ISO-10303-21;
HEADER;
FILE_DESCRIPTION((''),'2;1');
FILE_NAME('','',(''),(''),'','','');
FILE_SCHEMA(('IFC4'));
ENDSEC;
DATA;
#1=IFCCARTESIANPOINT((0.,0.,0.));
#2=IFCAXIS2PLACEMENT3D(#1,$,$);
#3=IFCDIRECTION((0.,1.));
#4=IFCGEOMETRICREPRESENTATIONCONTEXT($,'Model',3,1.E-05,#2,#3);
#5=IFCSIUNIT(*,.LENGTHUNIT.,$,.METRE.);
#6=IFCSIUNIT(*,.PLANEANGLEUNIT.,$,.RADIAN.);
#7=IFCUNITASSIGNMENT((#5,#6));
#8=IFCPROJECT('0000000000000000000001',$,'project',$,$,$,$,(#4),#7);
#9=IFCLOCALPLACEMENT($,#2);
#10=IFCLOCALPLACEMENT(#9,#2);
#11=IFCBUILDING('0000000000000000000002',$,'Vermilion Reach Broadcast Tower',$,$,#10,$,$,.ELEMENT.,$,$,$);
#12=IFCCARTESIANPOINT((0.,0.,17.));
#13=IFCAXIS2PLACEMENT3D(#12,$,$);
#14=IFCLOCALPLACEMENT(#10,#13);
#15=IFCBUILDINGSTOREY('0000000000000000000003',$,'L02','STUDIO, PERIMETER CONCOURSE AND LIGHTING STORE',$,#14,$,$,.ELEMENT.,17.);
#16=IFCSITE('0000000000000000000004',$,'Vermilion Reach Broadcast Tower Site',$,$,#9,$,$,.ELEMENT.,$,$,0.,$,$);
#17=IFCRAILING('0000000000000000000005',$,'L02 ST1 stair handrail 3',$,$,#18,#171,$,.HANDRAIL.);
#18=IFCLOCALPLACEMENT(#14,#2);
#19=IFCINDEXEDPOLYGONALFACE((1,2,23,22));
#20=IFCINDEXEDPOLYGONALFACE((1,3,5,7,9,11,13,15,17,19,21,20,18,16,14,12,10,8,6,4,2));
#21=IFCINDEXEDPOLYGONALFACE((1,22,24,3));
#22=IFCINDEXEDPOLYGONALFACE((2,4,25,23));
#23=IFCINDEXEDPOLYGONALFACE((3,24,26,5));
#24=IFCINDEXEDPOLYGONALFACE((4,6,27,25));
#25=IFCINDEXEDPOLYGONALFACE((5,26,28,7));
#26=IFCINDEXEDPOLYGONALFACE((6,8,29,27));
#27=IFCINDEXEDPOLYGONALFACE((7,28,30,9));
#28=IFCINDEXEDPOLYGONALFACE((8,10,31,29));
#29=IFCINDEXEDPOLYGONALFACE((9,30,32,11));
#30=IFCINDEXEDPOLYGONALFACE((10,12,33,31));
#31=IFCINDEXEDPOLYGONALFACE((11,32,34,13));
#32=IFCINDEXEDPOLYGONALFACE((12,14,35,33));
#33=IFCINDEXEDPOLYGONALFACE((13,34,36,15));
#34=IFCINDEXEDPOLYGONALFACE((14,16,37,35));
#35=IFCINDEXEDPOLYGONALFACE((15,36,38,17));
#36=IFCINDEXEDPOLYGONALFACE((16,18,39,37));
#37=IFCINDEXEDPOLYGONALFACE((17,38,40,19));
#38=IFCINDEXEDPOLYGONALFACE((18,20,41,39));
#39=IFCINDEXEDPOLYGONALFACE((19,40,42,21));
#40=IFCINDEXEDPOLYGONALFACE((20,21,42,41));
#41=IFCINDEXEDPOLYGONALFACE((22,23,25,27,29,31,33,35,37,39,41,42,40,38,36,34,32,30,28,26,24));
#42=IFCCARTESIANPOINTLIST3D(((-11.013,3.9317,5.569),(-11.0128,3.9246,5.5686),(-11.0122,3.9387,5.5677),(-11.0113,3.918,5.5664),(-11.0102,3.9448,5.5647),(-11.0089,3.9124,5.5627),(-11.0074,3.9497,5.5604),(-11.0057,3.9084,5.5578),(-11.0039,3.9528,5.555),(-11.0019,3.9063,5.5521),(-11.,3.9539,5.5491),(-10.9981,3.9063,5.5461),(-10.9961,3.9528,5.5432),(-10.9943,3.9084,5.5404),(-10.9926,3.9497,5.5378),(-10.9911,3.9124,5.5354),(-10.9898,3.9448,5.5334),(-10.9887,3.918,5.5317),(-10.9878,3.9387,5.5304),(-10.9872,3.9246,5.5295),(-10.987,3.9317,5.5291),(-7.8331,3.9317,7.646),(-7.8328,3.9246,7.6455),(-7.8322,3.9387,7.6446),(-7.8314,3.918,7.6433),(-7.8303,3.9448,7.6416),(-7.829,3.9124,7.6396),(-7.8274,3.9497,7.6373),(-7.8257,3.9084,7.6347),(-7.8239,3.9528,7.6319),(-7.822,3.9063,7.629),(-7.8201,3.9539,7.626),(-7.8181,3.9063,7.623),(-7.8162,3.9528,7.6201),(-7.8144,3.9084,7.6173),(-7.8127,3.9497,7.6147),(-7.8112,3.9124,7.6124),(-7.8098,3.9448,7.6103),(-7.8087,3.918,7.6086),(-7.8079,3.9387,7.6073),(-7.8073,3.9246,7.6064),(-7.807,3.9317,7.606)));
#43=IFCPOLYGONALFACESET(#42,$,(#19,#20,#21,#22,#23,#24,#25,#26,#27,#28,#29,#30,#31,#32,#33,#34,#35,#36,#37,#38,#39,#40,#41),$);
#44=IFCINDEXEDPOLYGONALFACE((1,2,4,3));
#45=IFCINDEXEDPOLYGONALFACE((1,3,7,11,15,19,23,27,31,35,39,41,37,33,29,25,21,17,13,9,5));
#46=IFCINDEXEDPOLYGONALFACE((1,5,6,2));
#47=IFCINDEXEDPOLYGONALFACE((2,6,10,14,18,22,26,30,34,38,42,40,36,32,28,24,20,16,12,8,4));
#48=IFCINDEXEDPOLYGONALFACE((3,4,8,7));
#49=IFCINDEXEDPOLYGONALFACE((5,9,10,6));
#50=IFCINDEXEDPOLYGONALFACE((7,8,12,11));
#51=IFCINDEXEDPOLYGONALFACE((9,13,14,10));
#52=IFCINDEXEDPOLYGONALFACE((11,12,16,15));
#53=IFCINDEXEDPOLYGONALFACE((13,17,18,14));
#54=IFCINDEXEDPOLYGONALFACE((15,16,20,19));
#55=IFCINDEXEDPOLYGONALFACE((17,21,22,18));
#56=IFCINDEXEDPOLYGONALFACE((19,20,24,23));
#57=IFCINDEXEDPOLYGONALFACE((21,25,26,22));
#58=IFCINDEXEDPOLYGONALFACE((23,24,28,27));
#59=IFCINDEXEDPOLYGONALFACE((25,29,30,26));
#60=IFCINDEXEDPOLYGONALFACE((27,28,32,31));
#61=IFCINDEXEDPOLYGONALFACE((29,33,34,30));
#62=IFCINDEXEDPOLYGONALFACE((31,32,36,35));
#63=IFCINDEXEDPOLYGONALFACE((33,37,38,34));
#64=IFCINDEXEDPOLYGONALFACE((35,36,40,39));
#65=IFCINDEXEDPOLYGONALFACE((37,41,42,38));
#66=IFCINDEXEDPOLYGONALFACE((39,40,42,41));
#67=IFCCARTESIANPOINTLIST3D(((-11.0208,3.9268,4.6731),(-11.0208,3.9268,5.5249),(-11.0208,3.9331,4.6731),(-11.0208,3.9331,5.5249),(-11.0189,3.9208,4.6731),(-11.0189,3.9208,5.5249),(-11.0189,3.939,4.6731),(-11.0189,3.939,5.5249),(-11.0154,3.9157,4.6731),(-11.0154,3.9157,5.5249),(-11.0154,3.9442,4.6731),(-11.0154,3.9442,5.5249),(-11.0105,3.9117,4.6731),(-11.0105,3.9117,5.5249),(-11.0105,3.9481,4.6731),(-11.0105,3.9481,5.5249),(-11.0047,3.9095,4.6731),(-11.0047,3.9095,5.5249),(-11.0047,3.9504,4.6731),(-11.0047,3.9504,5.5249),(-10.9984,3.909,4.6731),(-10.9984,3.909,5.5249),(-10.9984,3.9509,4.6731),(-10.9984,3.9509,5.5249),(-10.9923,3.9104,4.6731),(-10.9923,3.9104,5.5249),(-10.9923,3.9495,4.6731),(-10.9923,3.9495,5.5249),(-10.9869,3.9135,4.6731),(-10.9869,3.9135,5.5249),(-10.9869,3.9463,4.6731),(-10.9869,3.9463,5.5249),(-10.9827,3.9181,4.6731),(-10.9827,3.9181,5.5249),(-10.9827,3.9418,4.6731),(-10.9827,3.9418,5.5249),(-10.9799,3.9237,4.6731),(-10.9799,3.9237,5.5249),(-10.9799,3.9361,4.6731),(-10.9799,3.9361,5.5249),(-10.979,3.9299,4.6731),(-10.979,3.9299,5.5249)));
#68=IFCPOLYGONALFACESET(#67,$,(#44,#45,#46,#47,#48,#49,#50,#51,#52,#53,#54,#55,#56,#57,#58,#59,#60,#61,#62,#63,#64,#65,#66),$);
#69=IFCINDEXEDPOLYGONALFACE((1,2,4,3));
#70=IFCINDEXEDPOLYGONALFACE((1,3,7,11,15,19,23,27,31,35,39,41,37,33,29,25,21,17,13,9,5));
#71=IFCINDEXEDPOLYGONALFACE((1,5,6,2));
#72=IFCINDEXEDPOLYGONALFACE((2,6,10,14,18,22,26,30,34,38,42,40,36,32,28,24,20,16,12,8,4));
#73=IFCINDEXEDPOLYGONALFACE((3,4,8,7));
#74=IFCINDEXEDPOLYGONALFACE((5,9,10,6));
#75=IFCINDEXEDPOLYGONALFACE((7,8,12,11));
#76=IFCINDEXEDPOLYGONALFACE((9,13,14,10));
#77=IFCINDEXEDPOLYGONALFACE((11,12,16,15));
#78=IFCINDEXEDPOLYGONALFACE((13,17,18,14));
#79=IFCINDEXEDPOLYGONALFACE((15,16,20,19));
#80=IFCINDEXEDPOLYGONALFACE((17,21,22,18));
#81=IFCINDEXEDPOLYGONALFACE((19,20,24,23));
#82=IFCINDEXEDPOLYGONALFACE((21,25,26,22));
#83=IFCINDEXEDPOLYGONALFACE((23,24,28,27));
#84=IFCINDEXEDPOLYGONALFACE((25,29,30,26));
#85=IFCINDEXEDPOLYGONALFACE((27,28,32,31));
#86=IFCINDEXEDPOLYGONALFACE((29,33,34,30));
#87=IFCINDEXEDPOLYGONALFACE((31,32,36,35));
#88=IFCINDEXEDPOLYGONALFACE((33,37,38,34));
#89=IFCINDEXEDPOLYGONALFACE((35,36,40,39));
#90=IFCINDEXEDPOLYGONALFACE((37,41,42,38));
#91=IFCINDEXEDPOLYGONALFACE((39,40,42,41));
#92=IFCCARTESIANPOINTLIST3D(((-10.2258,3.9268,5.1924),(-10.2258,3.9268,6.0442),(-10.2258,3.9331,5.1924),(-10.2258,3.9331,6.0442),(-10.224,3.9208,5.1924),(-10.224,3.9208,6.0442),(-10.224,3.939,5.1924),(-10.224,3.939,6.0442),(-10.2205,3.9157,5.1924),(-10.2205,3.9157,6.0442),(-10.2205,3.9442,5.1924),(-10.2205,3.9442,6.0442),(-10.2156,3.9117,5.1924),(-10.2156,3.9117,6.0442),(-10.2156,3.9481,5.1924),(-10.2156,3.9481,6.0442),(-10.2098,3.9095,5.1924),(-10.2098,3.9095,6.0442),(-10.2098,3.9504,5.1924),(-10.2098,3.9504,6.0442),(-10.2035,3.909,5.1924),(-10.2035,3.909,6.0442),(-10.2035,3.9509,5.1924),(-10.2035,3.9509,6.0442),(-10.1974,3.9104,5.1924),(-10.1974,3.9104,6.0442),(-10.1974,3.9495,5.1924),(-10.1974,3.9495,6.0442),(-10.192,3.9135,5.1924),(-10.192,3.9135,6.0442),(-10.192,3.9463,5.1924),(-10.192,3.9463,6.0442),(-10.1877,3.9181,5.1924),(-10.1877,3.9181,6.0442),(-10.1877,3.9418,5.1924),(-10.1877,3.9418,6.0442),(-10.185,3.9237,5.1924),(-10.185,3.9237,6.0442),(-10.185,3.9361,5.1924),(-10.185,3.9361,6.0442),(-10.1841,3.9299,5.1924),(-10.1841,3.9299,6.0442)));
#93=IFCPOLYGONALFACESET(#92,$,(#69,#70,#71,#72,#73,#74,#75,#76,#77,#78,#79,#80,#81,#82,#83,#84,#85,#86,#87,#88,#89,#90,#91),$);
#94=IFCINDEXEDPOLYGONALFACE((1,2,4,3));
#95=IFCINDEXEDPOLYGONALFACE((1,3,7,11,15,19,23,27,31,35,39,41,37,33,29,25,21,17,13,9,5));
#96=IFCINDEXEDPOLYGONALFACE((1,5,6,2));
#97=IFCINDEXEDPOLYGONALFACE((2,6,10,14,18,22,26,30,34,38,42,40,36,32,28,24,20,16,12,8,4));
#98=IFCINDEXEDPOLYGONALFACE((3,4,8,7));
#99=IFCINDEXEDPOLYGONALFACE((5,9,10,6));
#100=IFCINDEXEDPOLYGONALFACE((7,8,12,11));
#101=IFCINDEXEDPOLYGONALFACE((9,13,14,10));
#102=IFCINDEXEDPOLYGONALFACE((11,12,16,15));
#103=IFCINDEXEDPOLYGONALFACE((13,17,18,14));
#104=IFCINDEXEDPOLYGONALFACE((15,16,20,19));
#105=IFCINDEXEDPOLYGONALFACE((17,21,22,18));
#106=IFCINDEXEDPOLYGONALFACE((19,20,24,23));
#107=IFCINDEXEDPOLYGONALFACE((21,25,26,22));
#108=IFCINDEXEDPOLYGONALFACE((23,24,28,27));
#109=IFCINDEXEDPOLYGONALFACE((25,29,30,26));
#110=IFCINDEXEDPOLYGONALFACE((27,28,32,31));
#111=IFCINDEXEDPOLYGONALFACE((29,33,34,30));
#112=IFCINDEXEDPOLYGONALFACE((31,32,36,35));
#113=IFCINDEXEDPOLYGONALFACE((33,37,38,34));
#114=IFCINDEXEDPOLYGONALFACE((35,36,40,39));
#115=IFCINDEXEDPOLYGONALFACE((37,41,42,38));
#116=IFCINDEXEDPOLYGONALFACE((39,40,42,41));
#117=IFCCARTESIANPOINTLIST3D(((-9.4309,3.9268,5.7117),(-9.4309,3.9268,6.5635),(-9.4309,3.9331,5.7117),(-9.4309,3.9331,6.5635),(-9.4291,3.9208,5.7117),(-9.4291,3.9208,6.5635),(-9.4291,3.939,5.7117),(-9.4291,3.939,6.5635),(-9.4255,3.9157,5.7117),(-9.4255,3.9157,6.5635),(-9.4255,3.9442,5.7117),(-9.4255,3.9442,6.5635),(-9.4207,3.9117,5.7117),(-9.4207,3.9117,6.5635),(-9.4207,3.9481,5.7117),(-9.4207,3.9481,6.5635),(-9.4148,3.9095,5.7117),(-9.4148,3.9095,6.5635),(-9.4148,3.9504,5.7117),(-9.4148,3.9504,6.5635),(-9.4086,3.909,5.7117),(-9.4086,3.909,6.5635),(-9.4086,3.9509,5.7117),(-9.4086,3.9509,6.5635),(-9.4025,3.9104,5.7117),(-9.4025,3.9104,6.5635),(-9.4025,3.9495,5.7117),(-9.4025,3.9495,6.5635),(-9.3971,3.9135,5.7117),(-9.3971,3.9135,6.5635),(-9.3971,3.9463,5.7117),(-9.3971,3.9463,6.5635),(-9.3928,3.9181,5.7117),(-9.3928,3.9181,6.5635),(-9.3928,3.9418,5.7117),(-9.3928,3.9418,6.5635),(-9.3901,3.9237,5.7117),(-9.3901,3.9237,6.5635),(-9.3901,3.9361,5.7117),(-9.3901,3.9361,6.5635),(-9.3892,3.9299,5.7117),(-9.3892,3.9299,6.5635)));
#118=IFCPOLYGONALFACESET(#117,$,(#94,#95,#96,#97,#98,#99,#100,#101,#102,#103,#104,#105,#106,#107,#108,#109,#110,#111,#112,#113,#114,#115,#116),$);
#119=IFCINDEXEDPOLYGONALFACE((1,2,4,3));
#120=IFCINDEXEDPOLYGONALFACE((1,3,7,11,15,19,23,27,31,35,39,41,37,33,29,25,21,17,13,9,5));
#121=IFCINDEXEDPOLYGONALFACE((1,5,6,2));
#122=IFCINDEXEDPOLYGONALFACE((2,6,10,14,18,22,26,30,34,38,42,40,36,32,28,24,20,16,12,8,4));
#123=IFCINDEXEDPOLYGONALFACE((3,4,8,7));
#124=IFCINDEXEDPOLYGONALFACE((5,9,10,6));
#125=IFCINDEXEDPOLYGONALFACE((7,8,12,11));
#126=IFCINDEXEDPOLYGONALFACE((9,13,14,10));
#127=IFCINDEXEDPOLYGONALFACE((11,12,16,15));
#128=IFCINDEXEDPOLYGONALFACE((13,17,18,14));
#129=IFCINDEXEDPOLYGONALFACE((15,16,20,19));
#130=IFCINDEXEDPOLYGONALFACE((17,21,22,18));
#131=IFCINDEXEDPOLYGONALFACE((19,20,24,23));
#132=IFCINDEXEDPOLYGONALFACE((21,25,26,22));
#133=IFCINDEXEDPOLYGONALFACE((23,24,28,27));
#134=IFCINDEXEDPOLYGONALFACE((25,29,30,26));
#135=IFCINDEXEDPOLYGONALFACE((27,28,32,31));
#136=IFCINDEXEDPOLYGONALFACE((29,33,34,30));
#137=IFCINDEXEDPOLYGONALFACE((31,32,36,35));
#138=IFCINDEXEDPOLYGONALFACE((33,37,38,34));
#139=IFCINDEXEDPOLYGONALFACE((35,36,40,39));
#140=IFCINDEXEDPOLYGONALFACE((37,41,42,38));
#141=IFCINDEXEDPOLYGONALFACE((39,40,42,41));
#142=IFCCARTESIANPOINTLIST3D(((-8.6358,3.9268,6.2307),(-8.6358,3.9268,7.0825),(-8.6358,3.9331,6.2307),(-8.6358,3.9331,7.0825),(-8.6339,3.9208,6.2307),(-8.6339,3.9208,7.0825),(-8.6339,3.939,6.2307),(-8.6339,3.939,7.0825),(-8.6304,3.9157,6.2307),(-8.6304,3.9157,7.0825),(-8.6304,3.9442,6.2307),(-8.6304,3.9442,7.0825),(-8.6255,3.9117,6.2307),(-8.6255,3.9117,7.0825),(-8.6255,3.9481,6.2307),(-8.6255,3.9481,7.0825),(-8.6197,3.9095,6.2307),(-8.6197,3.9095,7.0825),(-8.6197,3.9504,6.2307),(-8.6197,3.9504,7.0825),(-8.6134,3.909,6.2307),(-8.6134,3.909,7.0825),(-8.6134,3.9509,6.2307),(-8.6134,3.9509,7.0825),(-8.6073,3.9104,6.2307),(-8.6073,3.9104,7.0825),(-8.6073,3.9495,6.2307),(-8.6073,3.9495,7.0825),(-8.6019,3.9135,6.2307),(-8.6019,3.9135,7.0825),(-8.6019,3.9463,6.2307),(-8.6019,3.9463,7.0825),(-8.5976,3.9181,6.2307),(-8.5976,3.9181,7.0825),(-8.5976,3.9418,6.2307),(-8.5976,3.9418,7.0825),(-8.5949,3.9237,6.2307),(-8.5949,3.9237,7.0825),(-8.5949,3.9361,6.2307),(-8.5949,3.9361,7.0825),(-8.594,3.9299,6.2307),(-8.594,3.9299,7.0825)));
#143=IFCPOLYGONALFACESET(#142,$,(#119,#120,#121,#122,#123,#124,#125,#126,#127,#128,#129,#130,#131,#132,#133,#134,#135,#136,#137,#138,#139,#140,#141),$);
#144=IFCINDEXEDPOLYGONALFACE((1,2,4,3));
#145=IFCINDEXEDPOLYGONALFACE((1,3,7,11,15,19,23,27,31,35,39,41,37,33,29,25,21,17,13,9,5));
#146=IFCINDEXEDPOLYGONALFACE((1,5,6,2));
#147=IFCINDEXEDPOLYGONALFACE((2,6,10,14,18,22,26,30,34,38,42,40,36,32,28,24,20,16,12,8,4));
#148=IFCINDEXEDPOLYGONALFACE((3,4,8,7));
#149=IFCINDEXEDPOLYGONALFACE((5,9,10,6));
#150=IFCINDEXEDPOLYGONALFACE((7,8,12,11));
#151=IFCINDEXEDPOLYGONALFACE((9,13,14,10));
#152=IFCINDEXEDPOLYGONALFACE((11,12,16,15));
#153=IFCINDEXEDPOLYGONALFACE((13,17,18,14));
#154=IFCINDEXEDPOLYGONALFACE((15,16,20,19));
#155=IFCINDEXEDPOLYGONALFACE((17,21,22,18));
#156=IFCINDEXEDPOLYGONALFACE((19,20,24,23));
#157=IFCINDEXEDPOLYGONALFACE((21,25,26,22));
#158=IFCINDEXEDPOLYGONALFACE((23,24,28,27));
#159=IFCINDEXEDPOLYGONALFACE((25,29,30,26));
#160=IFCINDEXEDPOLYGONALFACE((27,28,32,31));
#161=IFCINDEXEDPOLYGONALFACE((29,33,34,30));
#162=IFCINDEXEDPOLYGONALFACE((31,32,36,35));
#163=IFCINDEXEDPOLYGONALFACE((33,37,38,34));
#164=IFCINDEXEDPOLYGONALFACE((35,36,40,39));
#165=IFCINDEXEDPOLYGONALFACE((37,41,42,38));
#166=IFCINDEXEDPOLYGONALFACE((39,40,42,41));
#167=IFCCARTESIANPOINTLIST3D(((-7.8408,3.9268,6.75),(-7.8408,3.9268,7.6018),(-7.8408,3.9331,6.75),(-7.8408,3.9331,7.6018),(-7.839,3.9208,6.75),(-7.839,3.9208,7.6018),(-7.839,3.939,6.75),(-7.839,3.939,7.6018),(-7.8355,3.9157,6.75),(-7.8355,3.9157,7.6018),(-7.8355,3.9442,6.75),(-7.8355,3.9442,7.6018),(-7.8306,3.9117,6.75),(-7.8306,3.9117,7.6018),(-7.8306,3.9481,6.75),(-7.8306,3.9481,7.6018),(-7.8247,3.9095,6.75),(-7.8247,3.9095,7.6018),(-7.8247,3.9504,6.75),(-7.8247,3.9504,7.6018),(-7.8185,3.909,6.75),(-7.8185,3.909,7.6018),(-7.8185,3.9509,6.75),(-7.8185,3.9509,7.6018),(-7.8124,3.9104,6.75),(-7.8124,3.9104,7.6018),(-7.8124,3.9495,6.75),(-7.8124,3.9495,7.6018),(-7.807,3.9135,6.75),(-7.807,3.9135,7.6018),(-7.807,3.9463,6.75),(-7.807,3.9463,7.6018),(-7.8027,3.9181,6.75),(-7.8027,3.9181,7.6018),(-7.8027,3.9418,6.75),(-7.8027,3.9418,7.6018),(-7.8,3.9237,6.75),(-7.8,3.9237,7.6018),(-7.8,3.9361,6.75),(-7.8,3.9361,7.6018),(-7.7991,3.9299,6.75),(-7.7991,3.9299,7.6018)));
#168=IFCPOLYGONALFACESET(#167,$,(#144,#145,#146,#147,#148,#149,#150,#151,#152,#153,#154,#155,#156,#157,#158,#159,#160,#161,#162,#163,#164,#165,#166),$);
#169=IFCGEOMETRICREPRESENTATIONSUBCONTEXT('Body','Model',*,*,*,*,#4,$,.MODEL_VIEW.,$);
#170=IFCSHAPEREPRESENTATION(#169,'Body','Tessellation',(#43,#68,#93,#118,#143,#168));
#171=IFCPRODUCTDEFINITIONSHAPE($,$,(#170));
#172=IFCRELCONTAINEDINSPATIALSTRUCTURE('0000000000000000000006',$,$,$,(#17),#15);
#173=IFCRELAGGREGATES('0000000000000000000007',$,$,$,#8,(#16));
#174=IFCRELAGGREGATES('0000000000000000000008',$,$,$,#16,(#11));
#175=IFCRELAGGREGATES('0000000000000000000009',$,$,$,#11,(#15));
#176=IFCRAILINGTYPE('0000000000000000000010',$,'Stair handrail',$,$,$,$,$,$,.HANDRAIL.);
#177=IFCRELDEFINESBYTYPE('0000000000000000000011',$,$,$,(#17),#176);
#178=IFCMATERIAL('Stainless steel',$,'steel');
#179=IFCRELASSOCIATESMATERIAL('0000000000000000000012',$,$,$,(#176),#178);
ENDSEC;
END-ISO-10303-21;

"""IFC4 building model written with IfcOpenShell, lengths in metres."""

from ifc_helpers import new_model, si_unit, direction, frame, origin, origin_2d, place, context, subcontext, project, spatial, circle, extrude, material, type_object, element, save


model = new_model("IFC4")

# Units and contexts
model_context = context("Model", 3, precision=1e-05, world=origin(), true_north=direction((0.0, 1.0)))
body_context = subcontext(model_context, "Body", "Model", "MODEL_VIEW")
ifc_project = project(units=[si_unit("LENGTHUNIT", "METRE"), si_unit("PLANEANGLEUNIT", "RADIAN")], contexts=[model_context])

# Site, building, storey
site_placement = place(None, origin())
site = spatial("IfcSite", under=ifc_project, at=site_placement, Name="Vermilion Reach Broadcast Tower Site", CompositionType="ELEMENT", RefElevation=0.0)
building_placement = place(site_placement, origin())
building = spatial("IfcBuilding", under=site, at=building_placement, Name="Vermilion Reach Broadcast Tower", CompositionType="ELEMENT")
storey_placement = place(building_placement, frame((0.0, 0.0, 17.0)))
storey = spatial("IfcBuildingStorey", under=building, at=storey_placement, Name="L02", Description="STUDIO, PERIMETER CONCOURSE AND LIGHTING STORE", CompositionType="ELEMENT", Elevation=17.0)

# Railing
ifc_material_1 = material(Name="Stainless steel", Category="steel")
railing_type_1 = type_object("IfcRailingType", Name="Stair handrail", PredefinedType="HANDRAIL", material=ifc_material_1)
for number, where, name in (
    (1, (-11.0, 3.9299, 4.6731), "L02 ST1 stair handrail 3"),
):
    element("IfcRailing", number, at=place(storey_placement, frame(where)), inside=storey, type_object=railing_type_1, Name=name, PredefinedType="HANDRAIL", context=body_context, shape_type="SweptSolid", body=[
        extrude(circle(Radius=0.0239, at=origin_2d()), frame((0.0, 0.0, 0.876), z_axis=(0.837245, 0.0, 0.546828), x_axis=(0.0, 1.0, 0.0)), (0.0, 0.0, 1.0), 3.7981),
        extrude(circle(Radius=0.021, at=origin_2d()), origin(), (0.0, 0.0, 1.0), 0.8518),
        extrude(circle(Radius=0.021, at=origin_2d()), frame((0.7949, 0.0, 0.5193)), (0.0, 0.0, 1.0), 0.8518),
        extrude(circle(Radius=0.021, at=origin_2d()), frame((1.5898, 0.0, 1.0386)), (0.0, 0.0, 1.0), 0.8518),
        extrude(circle(Radius=0.021, at=origin_2d()), frame((2.385, 0.0, 1.5576)), (0.0, 0.0, 1.0), 0.8518),
        extrude(circle(Radius=0.021, at=origin_2d()), frame((3.1799, 0.0, 2.0769)), (0.0, 0.0, 1.0), 0.8518),
    ])

save(model, "model.ifc")
